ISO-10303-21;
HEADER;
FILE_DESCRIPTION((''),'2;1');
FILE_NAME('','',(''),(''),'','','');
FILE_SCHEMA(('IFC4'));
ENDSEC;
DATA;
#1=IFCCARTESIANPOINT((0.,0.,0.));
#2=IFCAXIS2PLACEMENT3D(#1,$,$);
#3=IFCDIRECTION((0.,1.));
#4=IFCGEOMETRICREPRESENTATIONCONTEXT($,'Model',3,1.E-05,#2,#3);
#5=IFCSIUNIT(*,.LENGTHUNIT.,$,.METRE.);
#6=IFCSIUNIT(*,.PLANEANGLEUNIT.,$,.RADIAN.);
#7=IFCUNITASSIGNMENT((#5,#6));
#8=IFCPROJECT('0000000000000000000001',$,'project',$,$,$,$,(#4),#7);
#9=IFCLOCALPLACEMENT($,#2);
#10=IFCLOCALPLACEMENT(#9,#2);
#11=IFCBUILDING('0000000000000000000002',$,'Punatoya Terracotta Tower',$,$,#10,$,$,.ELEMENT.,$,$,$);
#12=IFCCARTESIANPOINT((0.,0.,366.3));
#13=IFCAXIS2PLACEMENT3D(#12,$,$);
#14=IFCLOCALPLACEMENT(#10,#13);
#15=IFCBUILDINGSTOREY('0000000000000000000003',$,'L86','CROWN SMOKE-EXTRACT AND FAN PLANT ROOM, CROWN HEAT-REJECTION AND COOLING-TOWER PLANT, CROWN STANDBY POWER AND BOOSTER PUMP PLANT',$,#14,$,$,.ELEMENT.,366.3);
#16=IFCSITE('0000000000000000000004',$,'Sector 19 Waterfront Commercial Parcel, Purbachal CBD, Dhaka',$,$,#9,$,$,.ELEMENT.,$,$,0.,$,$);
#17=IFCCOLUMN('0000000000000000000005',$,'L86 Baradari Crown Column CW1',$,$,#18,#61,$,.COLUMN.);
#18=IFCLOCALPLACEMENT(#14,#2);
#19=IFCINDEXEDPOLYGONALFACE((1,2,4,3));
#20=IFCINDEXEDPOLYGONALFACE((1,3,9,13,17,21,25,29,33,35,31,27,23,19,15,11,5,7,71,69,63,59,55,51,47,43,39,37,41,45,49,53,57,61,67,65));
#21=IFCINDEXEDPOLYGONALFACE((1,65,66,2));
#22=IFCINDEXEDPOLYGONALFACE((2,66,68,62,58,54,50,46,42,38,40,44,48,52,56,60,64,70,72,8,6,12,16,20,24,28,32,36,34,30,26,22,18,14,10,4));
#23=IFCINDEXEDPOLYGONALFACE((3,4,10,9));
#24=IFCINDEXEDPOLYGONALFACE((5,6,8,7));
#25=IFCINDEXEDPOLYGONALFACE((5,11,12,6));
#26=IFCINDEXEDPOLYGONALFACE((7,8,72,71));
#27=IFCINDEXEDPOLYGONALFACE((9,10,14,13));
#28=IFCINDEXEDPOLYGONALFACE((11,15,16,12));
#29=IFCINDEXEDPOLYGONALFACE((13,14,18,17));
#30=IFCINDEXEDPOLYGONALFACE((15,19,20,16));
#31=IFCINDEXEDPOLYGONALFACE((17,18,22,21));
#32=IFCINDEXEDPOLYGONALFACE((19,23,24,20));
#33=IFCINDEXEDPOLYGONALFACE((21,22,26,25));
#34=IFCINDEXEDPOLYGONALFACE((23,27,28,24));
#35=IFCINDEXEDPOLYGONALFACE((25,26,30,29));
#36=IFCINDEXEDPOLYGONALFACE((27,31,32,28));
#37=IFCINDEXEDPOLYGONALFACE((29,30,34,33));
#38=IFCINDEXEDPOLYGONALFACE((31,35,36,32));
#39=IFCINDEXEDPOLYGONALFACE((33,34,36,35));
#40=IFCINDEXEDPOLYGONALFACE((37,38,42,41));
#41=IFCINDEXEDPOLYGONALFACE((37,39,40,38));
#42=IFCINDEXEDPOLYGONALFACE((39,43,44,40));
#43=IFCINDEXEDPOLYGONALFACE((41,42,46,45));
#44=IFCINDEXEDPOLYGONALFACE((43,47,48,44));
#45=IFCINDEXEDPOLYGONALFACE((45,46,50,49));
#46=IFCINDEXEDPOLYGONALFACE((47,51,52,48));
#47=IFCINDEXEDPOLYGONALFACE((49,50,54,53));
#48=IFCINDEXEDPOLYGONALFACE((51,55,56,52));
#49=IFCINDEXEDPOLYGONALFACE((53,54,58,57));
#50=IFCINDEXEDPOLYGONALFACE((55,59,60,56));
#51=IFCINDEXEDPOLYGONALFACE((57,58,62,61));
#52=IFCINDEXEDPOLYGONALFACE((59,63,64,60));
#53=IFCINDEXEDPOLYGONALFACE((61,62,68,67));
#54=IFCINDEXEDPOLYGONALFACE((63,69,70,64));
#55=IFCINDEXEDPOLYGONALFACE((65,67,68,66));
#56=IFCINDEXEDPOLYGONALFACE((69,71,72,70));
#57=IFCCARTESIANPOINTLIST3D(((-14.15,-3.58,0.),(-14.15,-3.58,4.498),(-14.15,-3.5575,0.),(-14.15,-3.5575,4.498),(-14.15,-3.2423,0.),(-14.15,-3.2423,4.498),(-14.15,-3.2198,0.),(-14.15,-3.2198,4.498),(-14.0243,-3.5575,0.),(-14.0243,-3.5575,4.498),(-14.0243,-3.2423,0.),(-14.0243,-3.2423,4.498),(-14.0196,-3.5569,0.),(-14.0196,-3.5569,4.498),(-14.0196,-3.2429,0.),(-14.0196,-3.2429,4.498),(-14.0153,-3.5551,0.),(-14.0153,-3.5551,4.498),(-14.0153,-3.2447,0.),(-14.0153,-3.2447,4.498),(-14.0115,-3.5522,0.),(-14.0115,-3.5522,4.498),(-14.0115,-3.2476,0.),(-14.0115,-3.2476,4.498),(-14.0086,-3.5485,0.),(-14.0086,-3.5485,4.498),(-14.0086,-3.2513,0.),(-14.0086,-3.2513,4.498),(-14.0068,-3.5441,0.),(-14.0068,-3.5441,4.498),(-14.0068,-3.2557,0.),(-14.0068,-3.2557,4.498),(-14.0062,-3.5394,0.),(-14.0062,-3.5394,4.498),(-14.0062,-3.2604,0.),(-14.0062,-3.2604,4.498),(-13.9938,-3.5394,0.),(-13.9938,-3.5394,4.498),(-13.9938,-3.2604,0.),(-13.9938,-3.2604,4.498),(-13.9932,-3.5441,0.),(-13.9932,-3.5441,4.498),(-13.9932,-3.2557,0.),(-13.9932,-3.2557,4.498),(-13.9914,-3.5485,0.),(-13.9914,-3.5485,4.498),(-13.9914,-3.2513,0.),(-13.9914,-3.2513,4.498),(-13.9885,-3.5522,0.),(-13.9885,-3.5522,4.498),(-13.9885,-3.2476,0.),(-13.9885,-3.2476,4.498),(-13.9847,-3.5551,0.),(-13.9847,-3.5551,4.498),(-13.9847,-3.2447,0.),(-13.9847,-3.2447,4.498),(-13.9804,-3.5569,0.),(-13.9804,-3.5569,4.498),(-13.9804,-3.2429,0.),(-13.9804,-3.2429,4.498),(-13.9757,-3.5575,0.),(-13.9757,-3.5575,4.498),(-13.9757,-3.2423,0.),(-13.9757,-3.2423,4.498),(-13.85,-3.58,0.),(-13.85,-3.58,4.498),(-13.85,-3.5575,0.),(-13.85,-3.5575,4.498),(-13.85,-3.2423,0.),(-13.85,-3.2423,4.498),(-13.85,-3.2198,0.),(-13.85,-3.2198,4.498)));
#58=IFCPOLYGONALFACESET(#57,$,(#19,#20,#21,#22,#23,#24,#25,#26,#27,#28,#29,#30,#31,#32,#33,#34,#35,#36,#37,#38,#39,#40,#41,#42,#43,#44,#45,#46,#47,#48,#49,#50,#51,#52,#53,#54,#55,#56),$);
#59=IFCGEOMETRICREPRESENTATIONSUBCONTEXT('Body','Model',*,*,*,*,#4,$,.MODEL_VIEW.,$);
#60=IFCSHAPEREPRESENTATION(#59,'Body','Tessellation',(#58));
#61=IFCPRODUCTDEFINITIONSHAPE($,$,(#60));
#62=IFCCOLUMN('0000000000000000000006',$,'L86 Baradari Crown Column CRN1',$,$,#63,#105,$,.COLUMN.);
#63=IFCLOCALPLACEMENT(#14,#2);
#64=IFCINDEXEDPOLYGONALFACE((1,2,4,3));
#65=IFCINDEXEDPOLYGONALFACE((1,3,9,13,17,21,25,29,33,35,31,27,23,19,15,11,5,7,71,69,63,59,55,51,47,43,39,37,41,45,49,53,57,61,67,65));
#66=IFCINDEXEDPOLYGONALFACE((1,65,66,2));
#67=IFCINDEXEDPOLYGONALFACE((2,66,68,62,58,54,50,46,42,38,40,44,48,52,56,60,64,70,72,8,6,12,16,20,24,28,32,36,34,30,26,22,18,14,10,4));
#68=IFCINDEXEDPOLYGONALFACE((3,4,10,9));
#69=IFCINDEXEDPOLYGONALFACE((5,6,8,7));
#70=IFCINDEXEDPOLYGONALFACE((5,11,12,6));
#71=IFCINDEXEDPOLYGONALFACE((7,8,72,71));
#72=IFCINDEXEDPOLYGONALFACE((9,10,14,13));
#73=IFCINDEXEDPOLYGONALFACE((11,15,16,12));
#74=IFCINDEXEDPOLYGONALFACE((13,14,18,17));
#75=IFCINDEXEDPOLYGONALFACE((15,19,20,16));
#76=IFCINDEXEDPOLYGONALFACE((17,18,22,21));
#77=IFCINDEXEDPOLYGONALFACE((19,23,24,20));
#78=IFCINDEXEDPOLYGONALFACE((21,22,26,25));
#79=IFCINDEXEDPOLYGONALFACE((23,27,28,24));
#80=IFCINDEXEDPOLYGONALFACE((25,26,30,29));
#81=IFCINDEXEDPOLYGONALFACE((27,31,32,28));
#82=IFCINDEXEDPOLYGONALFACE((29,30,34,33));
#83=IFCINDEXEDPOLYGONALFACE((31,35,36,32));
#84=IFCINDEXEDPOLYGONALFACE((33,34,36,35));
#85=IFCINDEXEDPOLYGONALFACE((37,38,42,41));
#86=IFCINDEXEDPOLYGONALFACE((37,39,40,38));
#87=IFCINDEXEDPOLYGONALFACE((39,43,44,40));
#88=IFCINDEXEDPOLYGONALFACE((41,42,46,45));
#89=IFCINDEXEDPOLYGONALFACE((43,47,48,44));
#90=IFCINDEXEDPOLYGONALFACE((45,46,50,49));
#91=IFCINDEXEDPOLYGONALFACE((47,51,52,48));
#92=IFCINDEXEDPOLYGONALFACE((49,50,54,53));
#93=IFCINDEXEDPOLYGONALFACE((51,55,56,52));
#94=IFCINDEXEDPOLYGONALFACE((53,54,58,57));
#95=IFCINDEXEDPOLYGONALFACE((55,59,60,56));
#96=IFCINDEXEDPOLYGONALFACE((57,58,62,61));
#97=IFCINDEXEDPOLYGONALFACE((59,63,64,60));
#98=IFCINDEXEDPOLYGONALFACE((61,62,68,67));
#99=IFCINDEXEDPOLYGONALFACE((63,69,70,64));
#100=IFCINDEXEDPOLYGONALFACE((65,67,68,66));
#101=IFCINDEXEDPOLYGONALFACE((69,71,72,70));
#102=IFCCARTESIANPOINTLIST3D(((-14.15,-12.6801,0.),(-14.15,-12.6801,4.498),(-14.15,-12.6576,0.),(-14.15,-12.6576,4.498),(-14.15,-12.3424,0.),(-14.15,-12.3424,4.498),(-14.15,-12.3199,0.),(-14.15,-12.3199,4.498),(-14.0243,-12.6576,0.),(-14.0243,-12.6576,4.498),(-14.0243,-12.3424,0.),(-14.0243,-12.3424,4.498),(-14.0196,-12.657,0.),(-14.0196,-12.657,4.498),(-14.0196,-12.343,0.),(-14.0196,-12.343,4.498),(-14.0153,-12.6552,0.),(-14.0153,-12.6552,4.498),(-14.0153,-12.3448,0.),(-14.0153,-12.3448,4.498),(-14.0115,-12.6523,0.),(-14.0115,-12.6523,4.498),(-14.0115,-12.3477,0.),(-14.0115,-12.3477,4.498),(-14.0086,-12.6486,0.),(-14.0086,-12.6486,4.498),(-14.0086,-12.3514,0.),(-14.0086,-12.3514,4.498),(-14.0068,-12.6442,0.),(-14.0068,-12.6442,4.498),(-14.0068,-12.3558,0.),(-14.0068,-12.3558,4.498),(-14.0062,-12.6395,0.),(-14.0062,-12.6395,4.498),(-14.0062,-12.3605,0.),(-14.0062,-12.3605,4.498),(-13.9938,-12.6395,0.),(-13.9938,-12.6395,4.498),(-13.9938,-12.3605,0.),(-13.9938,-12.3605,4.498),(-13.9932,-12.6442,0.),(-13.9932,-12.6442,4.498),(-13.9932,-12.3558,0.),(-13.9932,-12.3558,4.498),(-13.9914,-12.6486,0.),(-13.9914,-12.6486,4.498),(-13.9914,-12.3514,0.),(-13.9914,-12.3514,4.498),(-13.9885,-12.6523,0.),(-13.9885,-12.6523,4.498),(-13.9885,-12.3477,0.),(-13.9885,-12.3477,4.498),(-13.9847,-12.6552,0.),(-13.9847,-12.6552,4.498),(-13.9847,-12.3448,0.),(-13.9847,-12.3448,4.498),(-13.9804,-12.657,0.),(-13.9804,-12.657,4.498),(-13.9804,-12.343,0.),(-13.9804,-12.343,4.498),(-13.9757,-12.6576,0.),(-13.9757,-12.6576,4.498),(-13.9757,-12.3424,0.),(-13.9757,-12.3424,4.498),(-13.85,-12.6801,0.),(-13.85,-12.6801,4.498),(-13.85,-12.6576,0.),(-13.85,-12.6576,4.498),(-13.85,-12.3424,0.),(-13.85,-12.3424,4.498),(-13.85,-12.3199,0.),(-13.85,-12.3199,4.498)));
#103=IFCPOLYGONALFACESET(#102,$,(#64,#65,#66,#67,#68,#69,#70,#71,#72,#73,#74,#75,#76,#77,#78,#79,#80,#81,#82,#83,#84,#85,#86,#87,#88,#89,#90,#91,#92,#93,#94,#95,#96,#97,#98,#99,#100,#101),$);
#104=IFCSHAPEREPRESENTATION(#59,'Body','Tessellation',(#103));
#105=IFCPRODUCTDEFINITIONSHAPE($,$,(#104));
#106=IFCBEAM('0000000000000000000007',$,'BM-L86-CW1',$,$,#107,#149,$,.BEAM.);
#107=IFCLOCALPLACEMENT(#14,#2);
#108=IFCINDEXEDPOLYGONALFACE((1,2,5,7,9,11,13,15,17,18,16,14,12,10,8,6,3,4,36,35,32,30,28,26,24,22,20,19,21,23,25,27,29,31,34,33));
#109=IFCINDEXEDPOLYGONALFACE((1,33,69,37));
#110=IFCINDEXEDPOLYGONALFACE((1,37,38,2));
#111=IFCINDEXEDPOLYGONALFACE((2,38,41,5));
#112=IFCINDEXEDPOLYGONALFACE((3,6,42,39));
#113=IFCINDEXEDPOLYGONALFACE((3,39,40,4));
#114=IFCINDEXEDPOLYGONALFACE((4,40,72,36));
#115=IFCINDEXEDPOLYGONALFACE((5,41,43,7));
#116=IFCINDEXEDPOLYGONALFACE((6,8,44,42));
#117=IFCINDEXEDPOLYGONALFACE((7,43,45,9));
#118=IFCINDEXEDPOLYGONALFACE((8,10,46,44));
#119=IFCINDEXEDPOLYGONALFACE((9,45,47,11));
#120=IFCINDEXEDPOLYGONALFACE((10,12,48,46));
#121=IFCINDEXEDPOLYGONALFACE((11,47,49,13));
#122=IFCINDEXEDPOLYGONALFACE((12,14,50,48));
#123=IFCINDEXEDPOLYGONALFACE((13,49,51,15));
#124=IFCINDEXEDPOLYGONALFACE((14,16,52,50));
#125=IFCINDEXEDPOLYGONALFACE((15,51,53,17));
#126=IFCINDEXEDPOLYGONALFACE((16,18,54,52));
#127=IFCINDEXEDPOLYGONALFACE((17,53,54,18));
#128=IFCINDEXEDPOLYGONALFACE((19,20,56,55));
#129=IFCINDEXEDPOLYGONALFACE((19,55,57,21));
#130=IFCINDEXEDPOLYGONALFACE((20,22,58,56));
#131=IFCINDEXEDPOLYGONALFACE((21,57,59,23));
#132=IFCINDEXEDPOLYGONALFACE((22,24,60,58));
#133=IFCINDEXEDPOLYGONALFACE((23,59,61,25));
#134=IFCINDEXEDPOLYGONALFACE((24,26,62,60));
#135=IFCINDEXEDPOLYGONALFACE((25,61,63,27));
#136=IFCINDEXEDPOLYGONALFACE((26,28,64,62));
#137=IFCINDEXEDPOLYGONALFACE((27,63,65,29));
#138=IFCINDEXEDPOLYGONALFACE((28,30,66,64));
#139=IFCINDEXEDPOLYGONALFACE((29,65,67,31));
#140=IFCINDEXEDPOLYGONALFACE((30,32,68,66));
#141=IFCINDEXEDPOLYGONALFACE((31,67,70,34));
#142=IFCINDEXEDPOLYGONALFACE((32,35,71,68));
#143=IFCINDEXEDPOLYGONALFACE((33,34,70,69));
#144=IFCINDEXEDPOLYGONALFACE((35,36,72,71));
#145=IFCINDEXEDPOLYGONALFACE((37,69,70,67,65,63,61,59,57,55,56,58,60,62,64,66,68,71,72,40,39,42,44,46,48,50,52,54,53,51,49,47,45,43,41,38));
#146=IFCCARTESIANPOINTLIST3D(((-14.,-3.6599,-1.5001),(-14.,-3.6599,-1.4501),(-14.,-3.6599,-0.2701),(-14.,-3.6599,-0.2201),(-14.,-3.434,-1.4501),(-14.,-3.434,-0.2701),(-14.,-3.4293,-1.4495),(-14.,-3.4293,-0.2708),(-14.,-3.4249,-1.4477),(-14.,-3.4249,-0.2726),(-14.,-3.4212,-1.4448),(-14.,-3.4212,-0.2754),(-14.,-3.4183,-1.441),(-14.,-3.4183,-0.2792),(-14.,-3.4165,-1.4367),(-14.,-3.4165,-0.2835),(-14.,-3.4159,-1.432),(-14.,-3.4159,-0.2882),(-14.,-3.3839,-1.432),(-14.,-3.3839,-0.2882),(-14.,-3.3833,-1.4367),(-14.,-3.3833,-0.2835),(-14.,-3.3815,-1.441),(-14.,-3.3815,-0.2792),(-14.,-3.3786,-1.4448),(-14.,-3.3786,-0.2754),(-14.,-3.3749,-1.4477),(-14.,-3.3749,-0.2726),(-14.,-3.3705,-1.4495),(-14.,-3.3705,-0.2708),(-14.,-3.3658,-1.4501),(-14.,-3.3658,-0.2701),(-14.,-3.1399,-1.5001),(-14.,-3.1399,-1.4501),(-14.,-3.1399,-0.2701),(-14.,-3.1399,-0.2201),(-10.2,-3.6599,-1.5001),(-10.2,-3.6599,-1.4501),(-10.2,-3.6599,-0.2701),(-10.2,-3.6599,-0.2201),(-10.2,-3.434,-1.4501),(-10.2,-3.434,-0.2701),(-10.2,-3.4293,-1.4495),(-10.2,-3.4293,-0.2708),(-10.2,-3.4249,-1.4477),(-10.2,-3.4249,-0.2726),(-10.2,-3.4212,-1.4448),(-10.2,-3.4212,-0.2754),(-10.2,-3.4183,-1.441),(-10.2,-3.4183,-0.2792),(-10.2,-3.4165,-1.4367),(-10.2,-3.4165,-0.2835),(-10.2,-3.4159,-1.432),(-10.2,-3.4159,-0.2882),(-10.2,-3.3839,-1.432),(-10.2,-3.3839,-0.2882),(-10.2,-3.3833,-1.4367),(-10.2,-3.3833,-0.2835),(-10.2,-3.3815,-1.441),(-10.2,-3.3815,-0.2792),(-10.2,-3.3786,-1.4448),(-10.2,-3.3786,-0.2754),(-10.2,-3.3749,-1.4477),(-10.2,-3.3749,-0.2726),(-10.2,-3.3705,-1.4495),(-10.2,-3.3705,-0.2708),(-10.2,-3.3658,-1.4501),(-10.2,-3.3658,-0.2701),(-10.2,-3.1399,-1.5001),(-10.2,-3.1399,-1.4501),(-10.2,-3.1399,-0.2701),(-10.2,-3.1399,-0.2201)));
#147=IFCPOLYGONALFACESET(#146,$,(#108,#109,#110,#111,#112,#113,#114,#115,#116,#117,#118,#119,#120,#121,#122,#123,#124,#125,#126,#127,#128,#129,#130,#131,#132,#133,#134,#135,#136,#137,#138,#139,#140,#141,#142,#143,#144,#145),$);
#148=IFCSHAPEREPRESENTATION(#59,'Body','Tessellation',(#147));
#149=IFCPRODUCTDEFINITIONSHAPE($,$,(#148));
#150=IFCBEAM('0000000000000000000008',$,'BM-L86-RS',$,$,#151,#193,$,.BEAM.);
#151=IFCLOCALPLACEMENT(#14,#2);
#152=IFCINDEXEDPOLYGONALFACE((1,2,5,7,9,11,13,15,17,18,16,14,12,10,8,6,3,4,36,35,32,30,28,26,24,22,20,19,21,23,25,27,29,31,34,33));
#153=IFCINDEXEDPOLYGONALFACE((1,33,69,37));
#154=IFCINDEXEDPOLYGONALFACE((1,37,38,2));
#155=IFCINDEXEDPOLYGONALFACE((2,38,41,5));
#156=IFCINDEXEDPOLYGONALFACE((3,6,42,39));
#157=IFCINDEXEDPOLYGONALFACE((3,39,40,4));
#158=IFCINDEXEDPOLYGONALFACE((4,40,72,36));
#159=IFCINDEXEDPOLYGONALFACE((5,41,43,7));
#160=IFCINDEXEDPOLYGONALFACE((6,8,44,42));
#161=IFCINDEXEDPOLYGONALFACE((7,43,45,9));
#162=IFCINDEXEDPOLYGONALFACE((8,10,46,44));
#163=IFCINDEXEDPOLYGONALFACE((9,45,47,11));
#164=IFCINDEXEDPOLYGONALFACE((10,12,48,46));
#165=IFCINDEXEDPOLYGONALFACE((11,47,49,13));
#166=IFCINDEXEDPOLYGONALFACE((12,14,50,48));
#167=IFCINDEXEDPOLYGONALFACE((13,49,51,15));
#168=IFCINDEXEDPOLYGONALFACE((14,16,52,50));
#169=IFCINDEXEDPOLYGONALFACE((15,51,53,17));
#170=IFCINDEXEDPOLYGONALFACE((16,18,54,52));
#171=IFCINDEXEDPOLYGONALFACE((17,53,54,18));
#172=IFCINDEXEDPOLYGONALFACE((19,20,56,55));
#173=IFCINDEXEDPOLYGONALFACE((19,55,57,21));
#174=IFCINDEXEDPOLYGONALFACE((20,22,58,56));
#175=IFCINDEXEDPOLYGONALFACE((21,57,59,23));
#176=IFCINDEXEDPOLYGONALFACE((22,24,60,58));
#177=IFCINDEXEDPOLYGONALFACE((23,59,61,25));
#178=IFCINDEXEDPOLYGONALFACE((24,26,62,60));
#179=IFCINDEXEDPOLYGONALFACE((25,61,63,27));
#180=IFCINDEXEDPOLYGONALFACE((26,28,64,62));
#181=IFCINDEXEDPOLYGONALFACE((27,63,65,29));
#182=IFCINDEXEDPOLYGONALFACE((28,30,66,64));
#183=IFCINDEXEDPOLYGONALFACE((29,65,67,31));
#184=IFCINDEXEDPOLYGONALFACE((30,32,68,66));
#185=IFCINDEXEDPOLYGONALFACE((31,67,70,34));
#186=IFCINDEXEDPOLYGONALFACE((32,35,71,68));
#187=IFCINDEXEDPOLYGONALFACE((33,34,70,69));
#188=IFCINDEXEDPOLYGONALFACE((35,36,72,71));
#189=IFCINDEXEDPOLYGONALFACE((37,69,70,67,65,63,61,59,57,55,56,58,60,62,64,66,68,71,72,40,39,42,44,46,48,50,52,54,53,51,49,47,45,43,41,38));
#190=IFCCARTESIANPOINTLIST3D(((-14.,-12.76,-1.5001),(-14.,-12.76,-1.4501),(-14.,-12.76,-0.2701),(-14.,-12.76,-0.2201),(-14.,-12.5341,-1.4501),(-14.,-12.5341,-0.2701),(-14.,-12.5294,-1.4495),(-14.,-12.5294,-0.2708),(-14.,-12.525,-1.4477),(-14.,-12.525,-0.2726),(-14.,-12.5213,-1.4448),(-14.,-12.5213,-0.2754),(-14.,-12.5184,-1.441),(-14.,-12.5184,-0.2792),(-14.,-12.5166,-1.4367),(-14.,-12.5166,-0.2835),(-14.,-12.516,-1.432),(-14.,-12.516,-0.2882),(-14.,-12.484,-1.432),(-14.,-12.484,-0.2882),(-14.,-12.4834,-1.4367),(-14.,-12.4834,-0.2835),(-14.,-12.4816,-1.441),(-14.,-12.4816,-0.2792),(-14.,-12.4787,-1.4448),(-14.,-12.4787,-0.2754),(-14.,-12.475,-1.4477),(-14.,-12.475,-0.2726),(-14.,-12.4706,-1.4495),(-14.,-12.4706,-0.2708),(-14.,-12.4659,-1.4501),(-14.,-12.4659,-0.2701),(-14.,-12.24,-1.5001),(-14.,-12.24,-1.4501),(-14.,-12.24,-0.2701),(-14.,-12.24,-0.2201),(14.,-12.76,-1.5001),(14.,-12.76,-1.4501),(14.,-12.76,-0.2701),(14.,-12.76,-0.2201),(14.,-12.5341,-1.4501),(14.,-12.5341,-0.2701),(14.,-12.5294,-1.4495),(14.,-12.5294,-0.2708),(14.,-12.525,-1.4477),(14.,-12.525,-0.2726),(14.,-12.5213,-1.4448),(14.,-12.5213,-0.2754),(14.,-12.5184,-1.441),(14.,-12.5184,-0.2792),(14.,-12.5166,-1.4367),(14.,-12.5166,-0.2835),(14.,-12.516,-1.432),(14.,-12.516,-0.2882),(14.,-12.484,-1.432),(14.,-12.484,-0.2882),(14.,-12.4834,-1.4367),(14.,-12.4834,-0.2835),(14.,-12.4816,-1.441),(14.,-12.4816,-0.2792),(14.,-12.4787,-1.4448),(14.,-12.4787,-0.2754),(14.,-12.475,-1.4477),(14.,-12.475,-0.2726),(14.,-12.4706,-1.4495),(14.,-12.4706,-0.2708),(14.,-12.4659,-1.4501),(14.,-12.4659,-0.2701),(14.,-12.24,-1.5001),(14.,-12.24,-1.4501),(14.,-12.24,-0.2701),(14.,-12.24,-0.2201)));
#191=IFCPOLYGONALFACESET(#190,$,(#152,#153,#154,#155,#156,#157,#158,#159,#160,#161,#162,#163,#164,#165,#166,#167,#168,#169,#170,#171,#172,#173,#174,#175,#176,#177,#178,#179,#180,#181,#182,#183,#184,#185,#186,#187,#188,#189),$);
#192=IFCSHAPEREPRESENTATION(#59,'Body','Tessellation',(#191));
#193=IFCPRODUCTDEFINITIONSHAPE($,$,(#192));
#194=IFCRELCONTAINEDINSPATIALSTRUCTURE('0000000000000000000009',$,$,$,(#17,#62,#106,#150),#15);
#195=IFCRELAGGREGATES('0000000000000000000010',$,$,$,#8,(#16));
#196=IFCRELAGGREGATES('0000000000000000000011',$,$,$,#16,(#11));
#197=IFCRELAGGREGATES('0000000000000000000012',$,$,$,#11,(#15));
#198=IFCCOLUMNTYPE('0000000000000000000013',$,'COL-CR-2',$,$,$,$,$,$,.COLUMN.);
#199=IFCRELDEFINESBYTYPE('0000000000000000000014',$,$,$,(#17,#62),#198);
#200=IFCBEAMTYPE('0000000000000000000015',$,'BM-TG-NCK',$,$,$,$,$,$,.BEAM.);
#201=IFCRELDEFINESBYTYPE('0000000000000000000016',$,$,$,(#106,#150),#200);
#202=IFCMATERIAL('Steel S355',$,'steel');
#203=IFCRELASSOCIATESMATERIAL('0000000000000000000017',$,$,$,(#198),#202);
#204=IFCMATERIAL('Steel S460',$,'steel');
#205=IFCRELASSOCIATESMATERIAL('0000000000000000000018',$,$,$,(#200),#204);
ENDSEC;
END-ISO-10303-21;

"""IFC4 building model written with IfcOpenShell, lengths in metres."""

from ifc_helpers import new_model, si_unit, direction, frame, origin, origin_2d, place, context, subcontext, project, spatial, i_section, extrude, material, material_profile, profile_set, type_object, element, save


model = new_model("IFC4")

# Units and contexts
model_context = context("Model", 3, precision=1e-05, world=origin(), true_north=direction((0.0, 1.0)))
body_context = subcontext(model_context, "Body", "Model", "MODEL_VIEW")
ifc_project = project(units=[si_unit("LENGTHUNIT", "METRE"), si_unit("PLANEANGLEUNIT", "RADIAN")], contexts=[model_context])

# Site, building, storey
site_placement = place(None, origin())
site = spatial("IfcSite", under=ifc_project, at=site_placement, Name="Sector 19 Waterfront Commercial Parcel, Purbachal CBD, Dhaka", CompositionType="ELEMENT", RefElevation=0.0)
building_placement = place(site_placement, origin())
building = spatial("IfcBuilding", under=site, at=building_placement, Name="Punatoya Terracotta Tower", CompositionType="ELEMENT")
storey_placement = place(building_placement, frame((0.0, 0.0, 366.3)))
storey = spatial("IfcBuildingStorey", under=building, at=storey_placement, Name="L86", Description="CROWN SMOKE-EXTRACT AND FAN PLANT ROOM, CROWN HEAT-REJECTION AND COOLING-TOWER PLANT, CROWN STANDBY POWER AND BOOSTER PUMP PLANT", CompositionType="ELEMENT", Elevation=366.3)

# Columns
ifc_material_1 = material(Name="Steel S355", Category="steel")
ifc_material_profile_1 = material_profile(ifc_material_1, i_section(OverallWidth=0.3, OverallDepth=0.3601, WebThickness=0.0125, FlangeThickness=0.0225, FilletRadius=0.0181, at=origin_2d()))
ifc_profile_set_1 = profile_set([ifc_material_profile_1], Name="Steel S355")
column_type = type_object("IfcColumnType", Name="COL-CR-2", PredefinedType="COLUMN", material=ifc_profile_set_1)
for number, where, z_axis, x_axis, name in (
    (1, (-14.0, -3.3999, 0.0), (0.0, 0.0, 1.0), (1.0, 0.0, 0.0), "L86 Baradari Crown Column CW1"),
    (2, (-14.0, -12.5, 0.0), (0.0, 0.0, 1.0), (1.0, 0.0, 0.0), "L86 Baradari Crown Column CRN1"),
):
    element("IfcColumn", number, at=place(storey_placement, frame(where, z_axis=z_axis, x_axis=x_axis)), inside=storey, type_object=column_type, Name=name, PredefinedType="COLUMN", context=body_context, shape_type="SweptSolid", body=[
        extrude(i_section(OverallWidth=0.3, OverallDepth=0.3601, WebThickness=0.0125, FlangeThickness=0.0225, FilletRadius=0.0181, at=origin_2d()), origin(), (0.0, 0.0, 1.0), 4.498),
    ])

# Beams
ifc_material_2 = material(Name="Steel S460", Category="steel")
ifc_material_profile_2 = material_profile(ifc_material_2, i_section(OverallWidth=0.52, OverallDepth=1.28, WebThickness=0.032, FlangeThickness=0.05, FilletRadius=0.0181, at=origin_2d()))
ifc_profile_set_2 = profile_set([ifc_material_profile_2], Name="Steel S460")
beam_type = type_object("IfcBeamType", Name="BM-TG-NCK", PredefinedType="BEAM", material=ifc_profile_set_2)
beam_1_placement = place(storey_placement, frame((-14.0, -3.3999, -0.8601), z_axis=(1.0, 0.0, 0.0), x_axis=(0.0, 1.0, 0.0)))
element("IfcBeam", 3, at=beam_1_placement, inside=storey, type_object=beam_type, Name="BM-L86-CW1", PredefinedType="BEAM", context=body_context, shape_type="SweptSolid", body=[
    extrude(i_section(OverallWidth=0.52, OverallDepth=1.28, WebThickness=0.032, FlangeThickness=0.05, FilletRadius=0.0181, at=origin_2d()), origin(), (0.0, 0.0, 1.0), 3.8),
])
beam_2_placement = place(storey_placement, frame((-14.0, -12.5, -0.8601), z_axis=(1.0, 0.0, 0.0), x_axis=(0.0, 1.0, 0.0)))
element("IfcBeam", 4, at=beam_2_placement, inside=storey, type_object=beam_type, Name="BM-L86-RS", PredefinedType="BEAM", context=body_context, shape_type="SweptSolid", body=[
    extrude(i_section(OverallWidth=0.52, OverallDepth=1.28, WebThickness=0.032, FlangeThickness=0.05, FilletRadius=0.0181, at=origin_2d()), origin(), (0.0, 0.0, 1.0), 28.0),
])

save(model, "model.ifc")
